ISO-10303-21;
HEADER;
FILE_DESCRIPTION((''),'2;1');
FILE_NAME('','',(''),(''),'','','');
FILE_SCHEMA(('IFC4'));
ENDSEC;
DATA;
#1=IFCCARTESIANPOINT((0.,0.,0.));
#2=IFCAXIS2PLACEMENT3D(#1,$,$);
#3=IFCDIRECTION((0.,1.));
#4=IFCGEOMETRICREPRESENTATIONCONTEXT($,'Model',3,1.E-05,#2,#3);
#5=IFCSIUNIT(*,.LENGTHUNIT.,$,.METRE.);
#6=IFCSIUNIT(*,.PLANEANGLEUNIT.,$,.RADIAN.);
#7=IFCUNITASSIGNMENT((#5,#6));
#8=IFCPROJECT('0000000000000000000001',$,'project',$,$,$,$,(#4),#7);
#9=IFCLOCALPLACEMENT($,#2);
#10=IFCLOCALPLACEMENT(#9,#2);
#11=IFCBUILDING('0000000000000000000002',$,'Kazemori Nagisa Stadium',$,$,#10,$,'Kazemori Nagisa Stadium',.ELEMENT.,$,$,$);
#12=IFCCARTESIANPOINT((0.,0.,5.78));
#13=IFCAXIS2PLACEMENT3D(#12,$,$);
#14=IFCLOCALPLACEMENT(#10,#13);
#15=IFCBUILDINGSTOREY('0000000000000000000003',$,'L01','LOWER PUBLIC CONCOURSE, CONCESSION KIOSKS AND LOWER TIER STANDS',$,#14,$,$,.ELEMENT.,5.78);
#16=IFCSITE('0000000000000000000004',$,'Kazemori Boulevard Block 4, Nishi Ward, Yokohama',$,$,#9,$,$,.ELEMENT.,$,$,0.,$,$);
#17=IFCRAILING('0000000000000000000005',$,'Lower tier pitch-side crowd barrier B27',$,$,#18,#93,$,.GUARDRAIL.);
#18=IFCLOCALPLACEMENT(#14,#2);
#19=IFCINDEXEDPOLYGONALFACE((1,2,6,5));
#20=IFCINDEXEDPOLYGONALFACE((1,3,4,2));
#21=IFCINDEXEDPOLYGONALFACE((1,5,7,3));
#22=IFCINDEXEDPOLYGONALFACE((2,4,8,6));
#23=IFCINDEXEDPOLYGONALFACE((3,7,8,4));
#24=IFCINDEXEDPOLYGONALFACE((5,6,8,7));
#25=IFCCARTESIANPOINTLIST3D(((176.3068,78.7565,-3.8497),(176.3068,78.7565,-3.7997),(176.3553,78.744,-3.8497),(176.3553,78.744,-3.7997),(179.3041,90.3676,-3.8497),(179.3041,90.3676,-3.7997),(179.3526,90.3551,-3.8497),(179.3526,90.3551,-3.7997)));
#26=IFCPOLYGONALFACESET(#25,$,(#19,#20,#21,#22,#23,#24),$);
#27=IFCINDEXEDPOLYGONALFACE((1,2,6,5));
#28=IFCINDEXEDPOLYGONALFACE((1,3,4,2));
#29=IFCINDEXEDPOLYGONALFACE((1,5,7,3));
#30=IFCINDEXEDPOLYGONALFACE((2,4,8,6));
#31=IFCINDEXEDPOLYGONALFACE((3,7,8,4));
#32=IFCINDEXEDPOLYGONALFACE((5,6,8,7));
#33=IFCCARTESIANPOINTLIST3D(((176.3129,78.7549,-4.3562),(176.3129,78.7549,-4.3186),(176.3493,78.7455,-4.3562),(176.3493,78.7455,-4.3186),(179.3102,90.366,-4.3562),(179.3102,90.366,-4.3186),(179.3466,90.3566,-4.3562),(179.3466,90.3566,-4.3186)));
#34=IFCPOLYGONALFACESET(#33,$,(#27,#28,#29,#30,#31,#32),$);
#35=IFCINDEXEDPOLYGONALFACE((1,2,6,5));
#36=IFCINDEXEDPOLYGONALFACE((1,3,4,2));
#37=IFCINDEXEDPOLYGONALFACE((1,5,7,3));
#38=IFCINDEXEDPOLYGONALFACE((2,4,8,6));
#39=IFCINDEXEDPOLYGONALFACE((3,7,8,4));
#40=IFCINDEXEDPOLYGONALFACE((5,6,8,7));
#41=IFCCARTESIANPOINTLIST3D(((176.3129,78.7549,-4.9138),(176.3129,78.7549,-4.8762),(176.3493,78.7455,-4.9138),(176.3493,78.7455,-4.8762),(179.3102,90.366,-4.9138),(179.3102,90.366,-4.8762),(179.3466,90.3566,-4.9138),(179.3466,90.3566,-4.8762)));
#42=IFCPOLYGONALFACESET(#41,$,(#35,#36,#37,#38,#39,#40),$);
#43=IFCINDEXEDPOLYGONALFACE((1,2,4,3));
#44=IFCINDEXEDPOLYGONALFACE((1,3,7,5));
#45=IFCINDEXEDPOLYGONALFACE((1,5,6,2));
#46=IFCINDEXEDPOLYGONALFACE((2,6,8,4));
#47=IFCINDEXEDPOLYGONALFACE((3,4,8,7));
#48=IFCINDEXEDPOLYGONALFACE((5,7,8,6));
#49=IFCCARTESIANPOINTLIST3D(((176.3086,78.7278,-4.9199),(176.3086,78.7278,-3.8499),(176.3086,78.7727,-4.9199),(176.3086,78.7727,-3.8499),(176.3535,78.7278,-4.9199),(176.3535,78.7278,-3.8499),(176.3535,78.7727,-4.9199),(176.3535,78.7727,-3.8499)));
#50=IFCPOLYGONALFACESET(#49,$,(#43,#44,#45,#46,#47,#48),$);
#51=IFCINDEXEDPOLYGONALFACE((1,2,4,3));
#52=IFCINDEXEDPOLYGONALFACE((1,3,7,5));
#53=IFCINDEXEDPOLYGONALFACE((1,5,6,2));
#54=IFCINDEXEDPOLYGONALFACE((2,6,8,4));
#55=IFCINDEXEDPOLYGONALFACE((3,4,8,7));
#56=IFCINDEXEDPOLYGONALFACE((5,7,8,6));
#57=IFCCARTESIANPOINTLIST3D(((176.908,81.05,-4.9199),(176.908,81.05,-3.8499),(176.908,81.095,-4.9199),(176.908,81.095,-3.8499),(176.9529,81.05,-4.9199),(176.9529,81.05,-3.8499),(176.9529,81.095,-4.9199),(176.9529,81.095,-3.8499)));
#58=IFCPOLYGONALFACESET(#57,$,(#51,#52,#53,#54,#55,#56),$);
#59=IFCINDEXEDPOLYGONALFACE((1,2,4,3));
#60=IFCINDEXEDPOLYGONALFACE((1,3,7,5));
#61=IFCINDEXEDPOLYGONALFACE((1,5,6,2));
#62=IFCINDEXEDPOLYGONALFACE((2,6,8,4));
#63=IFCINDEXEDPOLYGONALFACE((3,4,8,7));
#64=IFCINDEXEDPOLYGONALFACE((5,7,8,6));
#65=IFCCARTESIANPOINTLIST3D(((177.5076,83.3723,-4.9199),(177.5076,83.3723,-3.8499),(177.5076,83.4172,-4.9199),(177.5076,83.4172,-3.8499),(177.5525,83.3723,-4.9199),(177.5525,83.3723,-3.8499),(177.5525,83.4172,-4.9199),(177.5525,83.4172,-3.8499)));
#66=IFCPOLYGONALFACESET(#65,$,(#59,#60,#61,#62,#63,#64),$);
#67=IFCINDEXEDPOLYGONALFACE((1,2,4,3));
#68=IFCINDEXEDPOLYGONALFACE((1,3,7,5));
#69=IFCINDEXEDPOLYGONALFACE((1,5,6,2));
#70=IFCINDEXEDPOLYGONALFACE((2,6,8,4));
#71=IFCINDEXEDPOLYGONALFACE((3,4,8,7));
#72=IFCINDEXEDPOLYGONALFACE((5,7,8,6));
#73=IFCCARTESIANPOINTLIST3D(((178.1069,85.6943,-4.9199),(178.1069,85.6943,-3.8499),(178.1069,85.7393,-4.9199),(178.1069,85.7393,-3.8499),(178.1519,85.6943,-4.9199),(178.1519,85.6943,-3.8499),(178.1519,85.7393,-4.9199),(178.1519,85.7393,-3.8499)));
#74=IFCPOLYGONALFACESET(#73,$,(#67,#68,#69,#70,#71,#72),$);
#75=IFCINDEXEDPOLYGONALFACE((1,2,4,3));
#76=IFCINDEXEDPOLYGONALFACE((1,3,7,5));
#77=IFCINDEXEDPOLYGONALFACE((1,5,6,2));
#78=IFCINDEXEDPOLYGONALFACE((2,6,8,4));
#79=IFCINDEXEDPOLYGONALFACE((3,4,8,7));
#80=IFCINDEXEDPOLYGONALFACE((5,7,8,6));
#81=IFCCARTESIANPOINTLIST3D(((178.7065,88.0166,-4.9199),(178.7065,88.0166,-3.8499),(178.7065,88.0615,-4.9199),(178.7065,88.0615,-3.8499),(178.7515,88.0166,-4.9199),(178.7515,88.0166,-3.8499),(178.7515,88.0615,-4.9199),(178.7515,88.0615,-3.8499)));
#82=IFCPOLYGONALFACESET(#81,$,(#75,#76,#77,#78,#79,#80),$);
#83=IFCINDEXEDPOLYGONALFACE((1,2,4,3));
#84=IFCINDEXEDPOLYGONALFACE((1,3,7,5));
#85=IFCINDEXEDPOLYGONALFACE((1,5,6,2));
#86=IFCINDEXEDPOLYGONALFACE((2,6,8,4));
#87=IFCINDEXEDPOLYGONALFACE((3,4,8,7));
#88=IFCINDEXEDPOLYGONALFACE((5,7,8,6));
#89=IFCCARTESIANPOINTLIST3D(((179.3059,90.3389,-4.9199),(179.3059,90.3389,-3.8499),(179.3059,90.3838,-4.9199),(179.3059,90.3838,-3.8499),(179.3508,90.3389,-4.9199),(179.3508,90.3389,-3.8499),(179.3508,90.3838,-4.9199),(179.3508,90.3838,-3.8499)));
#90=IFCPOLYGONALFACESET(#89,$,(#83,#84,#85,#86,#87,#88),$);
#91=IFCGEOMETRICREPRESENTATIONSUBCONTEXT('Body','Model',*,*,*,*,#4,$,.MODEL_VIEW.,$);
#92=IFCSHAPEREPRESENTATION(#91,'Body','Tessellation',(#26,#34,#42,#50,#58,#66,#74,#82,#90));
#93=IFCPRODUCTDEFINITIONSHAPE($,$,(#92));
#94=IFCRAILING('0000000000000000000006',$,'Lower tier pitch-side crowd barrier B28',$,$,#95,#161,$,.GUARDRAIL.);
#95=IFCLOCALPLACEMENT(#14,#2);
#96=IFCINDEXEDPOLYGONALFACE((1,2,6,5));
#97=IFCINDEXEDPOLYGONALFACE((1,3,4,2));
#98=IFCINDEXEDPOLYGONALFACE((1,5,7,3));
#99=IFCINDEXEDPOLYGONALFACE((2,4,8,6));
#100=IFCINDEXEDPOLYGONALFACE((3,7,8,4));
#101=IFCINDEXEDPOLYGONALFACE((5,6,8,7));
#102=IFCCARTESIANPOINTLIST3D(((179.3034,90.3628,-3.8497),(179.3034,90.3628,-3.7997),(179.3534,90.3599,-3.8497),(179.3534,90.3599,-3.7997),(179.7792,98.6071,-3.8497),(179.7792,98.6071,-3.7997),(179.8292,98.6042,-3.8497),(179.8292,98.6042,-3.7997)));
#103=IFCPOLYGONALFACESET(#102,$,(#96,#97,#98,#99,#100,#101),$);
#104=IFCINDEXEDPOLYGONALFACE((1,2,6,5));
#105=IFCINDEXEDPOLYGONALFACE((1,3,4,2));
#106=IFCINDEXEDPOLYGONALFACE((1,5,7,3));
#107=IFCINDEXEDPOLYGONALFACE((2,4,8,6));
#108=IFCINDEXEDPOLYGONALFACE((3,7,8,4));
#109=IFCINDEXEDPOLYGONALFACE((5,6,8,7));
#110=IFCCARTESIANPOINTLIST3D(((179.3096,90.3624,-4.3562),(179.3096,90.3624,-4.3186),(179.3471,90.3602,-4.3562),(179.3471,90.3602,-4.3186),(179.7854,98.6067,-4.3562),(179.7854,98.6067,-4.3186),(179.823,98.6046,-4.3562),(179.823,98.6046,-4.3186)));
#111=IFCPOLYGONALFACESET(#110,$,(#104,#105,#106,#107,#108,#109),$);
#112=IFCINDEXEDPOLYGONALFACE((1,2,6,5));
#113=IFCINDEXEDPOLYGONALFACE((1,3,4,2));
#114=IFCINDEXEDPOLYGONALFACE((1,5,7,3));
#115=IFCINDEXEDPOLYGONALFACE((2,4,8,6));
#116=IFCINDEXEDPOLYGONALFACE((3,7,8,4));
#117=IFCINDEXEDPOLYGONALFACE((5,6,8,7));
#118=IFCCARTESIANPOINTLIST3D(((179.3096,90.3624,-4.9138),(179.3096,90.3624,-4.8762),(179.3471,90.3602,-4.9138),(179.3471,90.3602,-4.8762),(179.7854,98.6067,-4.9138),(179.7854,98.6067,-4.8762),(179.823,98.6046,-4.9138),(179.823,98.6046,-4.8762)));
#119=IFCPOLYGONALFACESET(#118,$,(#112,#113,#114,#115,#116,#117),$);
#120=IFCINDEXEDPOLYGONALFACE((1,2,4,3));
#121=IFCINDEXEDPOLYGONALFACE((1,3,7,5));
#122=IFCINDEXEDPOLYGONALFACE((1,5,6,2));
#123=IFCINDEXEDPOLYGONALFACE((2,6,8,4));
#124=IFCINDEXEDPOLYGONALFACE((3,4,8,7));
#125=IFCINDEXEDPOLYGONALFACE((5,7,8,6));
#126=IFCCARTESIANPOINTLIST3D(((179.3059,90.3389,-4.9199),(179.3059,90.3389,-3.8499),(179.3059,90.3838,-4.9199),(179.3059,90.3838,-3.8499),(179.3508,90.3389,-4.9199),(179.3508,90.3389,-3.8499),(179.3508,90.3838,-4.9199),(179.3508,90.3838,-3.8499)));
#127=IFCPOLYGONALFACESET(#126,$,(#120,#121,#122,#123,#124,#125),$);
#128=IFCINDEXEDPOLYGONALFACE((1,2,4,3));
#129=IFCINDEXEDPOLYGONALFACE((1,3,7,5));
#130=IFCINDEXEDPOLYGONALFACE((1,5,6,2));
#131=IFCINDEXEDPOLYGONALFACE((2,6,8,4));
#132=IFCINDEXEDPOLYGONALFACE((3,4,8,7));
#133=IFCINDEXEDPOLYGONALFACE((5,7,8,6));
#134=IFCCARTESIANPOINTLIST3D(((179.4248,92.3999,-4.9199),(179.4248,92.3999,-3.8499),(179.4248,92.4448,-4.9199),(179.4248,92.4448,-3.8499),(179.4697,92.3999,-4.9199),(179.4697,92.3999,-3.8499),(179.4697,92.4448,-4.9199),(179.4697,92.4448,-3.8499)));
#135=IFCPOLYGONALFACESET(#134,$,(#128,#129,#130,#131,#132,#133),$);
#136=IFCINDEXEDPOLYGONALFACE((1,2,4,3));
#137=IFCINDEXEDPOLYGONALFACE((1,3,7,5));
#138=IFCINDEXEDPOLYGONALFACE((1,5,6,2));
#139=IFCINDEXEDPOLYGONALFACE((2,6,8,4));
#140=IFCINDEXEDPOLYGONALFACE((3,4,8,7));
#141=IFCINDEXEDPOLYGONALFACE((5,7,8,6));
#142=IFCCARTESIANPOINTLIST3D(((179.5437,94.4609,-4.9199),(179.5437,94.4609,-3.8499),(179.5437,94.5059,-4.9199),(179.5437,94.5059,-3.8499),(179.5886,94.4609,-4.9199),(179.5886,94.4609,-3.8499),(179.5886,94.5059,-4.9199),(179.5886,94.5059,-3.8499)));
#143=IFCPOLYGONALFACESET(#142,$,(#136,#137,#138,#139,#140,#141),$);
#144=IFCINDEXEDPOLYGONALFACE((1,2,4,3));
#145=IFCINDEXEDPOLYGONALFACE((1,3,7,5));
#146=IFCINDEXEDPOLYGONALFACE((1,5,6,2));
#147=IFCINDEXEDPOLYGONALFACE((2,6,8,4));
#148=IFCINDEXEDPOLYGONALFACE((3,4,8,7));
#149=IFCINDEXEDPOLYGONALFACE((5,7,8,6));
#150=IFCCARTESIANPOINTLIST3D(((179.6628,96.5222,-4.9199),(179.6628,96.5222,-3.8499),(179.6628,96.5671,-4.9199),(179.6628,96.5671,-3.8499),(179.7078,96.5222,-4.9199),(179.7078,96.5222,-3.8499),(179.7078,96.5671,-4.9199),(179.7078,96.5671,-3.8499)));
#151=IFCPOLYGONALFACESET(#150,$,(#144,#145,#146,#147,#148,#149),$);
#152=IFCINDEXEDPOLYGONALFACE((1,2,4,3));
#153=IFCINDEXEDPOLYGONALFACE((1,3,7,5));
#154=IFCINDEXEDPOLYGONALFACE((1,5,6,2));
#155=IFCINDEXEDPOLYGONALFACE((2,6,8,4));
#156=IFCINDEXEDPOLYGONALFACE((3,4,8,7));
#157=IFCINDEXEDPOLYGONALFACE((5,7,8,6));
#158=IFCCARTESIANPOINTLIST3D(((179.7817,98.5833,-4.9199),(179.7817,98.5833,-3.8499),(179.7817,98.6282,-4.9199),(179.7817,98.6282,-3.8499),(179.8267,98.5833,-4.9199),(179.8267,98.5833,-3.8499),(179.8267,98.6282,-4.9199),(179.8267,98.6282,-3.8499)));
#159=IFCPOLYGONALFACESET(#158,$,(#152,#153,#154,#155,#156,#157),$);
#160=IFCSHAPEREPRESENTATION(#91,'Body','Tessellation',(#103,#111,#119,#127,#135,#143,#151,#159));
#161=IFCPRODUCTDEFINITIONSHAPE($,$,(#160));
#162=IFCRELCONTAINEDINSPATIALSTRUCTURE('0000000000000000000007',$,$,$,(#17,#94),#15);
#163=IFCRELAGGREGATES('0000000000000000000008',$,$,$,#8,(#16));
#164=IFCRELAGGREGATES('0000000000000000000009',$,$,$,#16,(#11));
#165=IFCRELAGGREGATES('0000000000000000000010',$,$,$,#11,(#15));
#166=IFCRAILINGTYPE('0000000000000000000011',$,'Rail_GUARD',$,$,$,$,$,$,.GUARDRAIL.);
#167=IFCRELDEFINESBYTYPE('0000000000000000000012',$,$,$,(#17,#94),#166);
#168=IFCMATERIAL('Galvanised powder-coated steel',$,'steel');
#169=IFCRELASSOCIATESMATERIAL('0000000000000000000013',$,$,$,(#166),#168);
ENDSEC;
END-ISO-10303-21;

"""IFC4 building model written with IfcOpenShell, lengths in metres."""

from ifc_helpers import new_model, si_unit, direction, frame, origin, origin_2d, place, context, subcontext, project, spatial, rectangle, extrude, material, type_object, element, save


model = new_model("IFC4")

# Units and contexts
model_context = context("Model", 3, precision=1e-05, world=origin(), true_north=direction((0.0, 1.0)))
body_context = subcontext(model_context, "Body", "Model", "MODEL_VIEW")
ifc_project = project(units=[si_unit("LENGTHUNIT", "METRE"), si_unit("PLANEANGLEUNIT", "RADIAN")], contexts=[model_context])

# Site, building, storey
site_placement = place(None, origin())
site = spatial("IfcSite", under=ifc_project, at=site_placement, Name="Kazemori Boulevard Block 4, Nishi Ward, Yokohama", CompositionType="ELEMENT", RefElevation=0.0)
building_placement = place(site_placement, origin())
building = spatial("IfcBuilding", under=site, at=building_placement, Name="Kazemori Nagisa Stadium", LongName="Kazemori Nagisa Stadium", CompositionType="ELEMENT")
storey_placement = place(building_placement, frame((0.0, 0.0, 5.78)))
storey = spatial("IfcBuildingStorey", under=building, at=storey_placement, Name="L01", Description="LOWER PUBLIC CONCOURSE, CONCESSION KIOSKS AND LOWER TIER STANDS", CompositionType="ELEMENT", Elevation=5.78)

# Railings
ifc_material_1 = material(Name="Galvanised powder-coated steel", Category="steel")
railing_type_1 = type_object("IfcRailingType", Name="Rail_GUARD", PredefinedType="GUARDRAIL", material=ifc_material_1)
railing_1_placement = place(storey_placement, frame((176.3311, 78.7502, -4.9199)))
element("IfcRailing", 1, at=railing_1_placement, inside=storey, type_object=railing_type_1, Name="Lower tier pitch-side crowd barrier B27", PredefinedType="GUARDRAIL", context=body_context, shape_type="SweptSolid", body=[
    extrude(rectangle(XDim=0.05, YDim=0.05, at=origin_2d()), frame((0.0, 0.0, 1.0952), z_axis=(0.249949, 0.968259, 0.0), x_axis=(-0.968259, 0.249949, 0.0)), (0.0, 0.0, 1.0), 11.9917),
    extrude(rectangle(XDim=0.0376, YDim=0.0376, at=origin_2d()), frame((0.0, 0.0, 0.5825), z_axis=(0.249949, 0.968259, 0.0), x_axis=(-0.968259, 0.249949, 0.0)), (0.0, 0.0, 1.0), 11.9917),
    extrude(rectangle(XDim=0.0376, YDim=0.0376, at=origin_2d()), frame((0.0, 0.0, 0.0249), z_axis=(0.249949, 0.968259, 0.0), x_axis=(-0.968259, 0.249949, 0.0)), (0.0, 0.0, 1.0), 11.9917),
    extrude(rectangle(XDim=0.0449, YDim=0.0449, at=origin_2d()), origin(), (0.0, 0.0, 1.0), 1.0701),
    extrude(rectangle(XDim=0.0449, YDim=0.0449, at=origin_2d()), frame((0.5994, 2.3223, 0.0)), (0.0, 0.0, 1.0), 1.0701),
    extrude(rectangle(XDim=0.0449, YDim=0.0449, at=origin_2d()), frame((1.199, 4.6445, 0.0)), (0.0, 0.0, 1.0), 1.0701),
    extrude(rectangle(XDim=0.0449, YDim=0.0449, at=origin_2d()), frame((1.7983, 6.9666, 0.0)), (0.0, 0.0, 1.0), 1.0701),
    extrude(rectangle(XDim=0.0449, YDim=0.0449, at=origin_2d()), frame((2.3979, 9.2888, 0.0)), (0.0, 0.0, 1.0), 1.0701),
    extrude(rectangle(XDim=0.0449, YDim=0.0449, at=origin_2d()), frame((2.9973, 11.6111, 0.0)), (0.0, 0.0, 1.0), 1.0701),
])
railing_2_placement = place(storey_placement, frame((179.3284, 90.3613, -4.9199)))
element("IfcRailing", 2, at=railing_2_placement, inside=storey, type_object=railing_type_1, Name="Lower tier pitch-side crowd barrier B28", PredefinedType="GUARDRAIL", context=body_context, shape_type="SweptSolid", body=[
    extrude(rectangle(XDim=0.05, YDim=0.05, at=origin_2d()), frame((0.0, 0.0, 1.0952), z_axis=(0.05762, 0.998339, 0.0), x_axis=(-0.998339, 0.05762, 0.0)), (0.0, 0.0, 1.0), 8.2581),
    extrude(rectangle(XDim=0.0376, YDim=0.0376, at=origin_2d()), frame((0.0, 0.0, 0.5825), z_axis=(0.05762, 0.998339, 0.0), x_axis=(-0.998339, 0.05762, 0.0)), (0.0, 0.0, 1.0), 8.2581),
    extrude(rectangle(XDim=0.0376, YDim=0.0376, at=origin_2d()), frame((0.0, 0.0, 0.0249), z_axis=(0.05762, 0.998339, 0.0), x_axis=(-0.998339, 0.05762, 0.0)), (0.0, 0.0, 1.0), 8.2581),
    extrude(rectangle(XDim=0.0449, YDim=0.0449, at=origin_2d()), origin(), (0.0, 0.0, 1.0), 1.0701),
    extrude(rectangle(XDim=0.0449, YDim=0.0449, at=origin_2d()), frame((0.1189, 2.061, 0.0)), (0.0, 0.0, 1.0), 1.0701),
    extrude(rectangle(XDim=0.0449, YDim=0.0449, at=origin_2d()), frame((0.2378, 4.1221, 0.0)), (0.0, 0.0, 1.0), 1.0701),
    extrude(rectangle(XDim=0.0449, YDim=0.0449, at=origin_2d()), frame((0.3569, 6.1833, 0.0)), (0.0, 0.0, 1.0), 1.0701),
    extrude(rectangle(XDim=0.0449, YDim=0.0449, at=origin_2d()), frame((0.4758, 8.2444, 0.0)), (0.0, 0.0, 1.0), 1.0701),
])

save(model, "model.ifc")
